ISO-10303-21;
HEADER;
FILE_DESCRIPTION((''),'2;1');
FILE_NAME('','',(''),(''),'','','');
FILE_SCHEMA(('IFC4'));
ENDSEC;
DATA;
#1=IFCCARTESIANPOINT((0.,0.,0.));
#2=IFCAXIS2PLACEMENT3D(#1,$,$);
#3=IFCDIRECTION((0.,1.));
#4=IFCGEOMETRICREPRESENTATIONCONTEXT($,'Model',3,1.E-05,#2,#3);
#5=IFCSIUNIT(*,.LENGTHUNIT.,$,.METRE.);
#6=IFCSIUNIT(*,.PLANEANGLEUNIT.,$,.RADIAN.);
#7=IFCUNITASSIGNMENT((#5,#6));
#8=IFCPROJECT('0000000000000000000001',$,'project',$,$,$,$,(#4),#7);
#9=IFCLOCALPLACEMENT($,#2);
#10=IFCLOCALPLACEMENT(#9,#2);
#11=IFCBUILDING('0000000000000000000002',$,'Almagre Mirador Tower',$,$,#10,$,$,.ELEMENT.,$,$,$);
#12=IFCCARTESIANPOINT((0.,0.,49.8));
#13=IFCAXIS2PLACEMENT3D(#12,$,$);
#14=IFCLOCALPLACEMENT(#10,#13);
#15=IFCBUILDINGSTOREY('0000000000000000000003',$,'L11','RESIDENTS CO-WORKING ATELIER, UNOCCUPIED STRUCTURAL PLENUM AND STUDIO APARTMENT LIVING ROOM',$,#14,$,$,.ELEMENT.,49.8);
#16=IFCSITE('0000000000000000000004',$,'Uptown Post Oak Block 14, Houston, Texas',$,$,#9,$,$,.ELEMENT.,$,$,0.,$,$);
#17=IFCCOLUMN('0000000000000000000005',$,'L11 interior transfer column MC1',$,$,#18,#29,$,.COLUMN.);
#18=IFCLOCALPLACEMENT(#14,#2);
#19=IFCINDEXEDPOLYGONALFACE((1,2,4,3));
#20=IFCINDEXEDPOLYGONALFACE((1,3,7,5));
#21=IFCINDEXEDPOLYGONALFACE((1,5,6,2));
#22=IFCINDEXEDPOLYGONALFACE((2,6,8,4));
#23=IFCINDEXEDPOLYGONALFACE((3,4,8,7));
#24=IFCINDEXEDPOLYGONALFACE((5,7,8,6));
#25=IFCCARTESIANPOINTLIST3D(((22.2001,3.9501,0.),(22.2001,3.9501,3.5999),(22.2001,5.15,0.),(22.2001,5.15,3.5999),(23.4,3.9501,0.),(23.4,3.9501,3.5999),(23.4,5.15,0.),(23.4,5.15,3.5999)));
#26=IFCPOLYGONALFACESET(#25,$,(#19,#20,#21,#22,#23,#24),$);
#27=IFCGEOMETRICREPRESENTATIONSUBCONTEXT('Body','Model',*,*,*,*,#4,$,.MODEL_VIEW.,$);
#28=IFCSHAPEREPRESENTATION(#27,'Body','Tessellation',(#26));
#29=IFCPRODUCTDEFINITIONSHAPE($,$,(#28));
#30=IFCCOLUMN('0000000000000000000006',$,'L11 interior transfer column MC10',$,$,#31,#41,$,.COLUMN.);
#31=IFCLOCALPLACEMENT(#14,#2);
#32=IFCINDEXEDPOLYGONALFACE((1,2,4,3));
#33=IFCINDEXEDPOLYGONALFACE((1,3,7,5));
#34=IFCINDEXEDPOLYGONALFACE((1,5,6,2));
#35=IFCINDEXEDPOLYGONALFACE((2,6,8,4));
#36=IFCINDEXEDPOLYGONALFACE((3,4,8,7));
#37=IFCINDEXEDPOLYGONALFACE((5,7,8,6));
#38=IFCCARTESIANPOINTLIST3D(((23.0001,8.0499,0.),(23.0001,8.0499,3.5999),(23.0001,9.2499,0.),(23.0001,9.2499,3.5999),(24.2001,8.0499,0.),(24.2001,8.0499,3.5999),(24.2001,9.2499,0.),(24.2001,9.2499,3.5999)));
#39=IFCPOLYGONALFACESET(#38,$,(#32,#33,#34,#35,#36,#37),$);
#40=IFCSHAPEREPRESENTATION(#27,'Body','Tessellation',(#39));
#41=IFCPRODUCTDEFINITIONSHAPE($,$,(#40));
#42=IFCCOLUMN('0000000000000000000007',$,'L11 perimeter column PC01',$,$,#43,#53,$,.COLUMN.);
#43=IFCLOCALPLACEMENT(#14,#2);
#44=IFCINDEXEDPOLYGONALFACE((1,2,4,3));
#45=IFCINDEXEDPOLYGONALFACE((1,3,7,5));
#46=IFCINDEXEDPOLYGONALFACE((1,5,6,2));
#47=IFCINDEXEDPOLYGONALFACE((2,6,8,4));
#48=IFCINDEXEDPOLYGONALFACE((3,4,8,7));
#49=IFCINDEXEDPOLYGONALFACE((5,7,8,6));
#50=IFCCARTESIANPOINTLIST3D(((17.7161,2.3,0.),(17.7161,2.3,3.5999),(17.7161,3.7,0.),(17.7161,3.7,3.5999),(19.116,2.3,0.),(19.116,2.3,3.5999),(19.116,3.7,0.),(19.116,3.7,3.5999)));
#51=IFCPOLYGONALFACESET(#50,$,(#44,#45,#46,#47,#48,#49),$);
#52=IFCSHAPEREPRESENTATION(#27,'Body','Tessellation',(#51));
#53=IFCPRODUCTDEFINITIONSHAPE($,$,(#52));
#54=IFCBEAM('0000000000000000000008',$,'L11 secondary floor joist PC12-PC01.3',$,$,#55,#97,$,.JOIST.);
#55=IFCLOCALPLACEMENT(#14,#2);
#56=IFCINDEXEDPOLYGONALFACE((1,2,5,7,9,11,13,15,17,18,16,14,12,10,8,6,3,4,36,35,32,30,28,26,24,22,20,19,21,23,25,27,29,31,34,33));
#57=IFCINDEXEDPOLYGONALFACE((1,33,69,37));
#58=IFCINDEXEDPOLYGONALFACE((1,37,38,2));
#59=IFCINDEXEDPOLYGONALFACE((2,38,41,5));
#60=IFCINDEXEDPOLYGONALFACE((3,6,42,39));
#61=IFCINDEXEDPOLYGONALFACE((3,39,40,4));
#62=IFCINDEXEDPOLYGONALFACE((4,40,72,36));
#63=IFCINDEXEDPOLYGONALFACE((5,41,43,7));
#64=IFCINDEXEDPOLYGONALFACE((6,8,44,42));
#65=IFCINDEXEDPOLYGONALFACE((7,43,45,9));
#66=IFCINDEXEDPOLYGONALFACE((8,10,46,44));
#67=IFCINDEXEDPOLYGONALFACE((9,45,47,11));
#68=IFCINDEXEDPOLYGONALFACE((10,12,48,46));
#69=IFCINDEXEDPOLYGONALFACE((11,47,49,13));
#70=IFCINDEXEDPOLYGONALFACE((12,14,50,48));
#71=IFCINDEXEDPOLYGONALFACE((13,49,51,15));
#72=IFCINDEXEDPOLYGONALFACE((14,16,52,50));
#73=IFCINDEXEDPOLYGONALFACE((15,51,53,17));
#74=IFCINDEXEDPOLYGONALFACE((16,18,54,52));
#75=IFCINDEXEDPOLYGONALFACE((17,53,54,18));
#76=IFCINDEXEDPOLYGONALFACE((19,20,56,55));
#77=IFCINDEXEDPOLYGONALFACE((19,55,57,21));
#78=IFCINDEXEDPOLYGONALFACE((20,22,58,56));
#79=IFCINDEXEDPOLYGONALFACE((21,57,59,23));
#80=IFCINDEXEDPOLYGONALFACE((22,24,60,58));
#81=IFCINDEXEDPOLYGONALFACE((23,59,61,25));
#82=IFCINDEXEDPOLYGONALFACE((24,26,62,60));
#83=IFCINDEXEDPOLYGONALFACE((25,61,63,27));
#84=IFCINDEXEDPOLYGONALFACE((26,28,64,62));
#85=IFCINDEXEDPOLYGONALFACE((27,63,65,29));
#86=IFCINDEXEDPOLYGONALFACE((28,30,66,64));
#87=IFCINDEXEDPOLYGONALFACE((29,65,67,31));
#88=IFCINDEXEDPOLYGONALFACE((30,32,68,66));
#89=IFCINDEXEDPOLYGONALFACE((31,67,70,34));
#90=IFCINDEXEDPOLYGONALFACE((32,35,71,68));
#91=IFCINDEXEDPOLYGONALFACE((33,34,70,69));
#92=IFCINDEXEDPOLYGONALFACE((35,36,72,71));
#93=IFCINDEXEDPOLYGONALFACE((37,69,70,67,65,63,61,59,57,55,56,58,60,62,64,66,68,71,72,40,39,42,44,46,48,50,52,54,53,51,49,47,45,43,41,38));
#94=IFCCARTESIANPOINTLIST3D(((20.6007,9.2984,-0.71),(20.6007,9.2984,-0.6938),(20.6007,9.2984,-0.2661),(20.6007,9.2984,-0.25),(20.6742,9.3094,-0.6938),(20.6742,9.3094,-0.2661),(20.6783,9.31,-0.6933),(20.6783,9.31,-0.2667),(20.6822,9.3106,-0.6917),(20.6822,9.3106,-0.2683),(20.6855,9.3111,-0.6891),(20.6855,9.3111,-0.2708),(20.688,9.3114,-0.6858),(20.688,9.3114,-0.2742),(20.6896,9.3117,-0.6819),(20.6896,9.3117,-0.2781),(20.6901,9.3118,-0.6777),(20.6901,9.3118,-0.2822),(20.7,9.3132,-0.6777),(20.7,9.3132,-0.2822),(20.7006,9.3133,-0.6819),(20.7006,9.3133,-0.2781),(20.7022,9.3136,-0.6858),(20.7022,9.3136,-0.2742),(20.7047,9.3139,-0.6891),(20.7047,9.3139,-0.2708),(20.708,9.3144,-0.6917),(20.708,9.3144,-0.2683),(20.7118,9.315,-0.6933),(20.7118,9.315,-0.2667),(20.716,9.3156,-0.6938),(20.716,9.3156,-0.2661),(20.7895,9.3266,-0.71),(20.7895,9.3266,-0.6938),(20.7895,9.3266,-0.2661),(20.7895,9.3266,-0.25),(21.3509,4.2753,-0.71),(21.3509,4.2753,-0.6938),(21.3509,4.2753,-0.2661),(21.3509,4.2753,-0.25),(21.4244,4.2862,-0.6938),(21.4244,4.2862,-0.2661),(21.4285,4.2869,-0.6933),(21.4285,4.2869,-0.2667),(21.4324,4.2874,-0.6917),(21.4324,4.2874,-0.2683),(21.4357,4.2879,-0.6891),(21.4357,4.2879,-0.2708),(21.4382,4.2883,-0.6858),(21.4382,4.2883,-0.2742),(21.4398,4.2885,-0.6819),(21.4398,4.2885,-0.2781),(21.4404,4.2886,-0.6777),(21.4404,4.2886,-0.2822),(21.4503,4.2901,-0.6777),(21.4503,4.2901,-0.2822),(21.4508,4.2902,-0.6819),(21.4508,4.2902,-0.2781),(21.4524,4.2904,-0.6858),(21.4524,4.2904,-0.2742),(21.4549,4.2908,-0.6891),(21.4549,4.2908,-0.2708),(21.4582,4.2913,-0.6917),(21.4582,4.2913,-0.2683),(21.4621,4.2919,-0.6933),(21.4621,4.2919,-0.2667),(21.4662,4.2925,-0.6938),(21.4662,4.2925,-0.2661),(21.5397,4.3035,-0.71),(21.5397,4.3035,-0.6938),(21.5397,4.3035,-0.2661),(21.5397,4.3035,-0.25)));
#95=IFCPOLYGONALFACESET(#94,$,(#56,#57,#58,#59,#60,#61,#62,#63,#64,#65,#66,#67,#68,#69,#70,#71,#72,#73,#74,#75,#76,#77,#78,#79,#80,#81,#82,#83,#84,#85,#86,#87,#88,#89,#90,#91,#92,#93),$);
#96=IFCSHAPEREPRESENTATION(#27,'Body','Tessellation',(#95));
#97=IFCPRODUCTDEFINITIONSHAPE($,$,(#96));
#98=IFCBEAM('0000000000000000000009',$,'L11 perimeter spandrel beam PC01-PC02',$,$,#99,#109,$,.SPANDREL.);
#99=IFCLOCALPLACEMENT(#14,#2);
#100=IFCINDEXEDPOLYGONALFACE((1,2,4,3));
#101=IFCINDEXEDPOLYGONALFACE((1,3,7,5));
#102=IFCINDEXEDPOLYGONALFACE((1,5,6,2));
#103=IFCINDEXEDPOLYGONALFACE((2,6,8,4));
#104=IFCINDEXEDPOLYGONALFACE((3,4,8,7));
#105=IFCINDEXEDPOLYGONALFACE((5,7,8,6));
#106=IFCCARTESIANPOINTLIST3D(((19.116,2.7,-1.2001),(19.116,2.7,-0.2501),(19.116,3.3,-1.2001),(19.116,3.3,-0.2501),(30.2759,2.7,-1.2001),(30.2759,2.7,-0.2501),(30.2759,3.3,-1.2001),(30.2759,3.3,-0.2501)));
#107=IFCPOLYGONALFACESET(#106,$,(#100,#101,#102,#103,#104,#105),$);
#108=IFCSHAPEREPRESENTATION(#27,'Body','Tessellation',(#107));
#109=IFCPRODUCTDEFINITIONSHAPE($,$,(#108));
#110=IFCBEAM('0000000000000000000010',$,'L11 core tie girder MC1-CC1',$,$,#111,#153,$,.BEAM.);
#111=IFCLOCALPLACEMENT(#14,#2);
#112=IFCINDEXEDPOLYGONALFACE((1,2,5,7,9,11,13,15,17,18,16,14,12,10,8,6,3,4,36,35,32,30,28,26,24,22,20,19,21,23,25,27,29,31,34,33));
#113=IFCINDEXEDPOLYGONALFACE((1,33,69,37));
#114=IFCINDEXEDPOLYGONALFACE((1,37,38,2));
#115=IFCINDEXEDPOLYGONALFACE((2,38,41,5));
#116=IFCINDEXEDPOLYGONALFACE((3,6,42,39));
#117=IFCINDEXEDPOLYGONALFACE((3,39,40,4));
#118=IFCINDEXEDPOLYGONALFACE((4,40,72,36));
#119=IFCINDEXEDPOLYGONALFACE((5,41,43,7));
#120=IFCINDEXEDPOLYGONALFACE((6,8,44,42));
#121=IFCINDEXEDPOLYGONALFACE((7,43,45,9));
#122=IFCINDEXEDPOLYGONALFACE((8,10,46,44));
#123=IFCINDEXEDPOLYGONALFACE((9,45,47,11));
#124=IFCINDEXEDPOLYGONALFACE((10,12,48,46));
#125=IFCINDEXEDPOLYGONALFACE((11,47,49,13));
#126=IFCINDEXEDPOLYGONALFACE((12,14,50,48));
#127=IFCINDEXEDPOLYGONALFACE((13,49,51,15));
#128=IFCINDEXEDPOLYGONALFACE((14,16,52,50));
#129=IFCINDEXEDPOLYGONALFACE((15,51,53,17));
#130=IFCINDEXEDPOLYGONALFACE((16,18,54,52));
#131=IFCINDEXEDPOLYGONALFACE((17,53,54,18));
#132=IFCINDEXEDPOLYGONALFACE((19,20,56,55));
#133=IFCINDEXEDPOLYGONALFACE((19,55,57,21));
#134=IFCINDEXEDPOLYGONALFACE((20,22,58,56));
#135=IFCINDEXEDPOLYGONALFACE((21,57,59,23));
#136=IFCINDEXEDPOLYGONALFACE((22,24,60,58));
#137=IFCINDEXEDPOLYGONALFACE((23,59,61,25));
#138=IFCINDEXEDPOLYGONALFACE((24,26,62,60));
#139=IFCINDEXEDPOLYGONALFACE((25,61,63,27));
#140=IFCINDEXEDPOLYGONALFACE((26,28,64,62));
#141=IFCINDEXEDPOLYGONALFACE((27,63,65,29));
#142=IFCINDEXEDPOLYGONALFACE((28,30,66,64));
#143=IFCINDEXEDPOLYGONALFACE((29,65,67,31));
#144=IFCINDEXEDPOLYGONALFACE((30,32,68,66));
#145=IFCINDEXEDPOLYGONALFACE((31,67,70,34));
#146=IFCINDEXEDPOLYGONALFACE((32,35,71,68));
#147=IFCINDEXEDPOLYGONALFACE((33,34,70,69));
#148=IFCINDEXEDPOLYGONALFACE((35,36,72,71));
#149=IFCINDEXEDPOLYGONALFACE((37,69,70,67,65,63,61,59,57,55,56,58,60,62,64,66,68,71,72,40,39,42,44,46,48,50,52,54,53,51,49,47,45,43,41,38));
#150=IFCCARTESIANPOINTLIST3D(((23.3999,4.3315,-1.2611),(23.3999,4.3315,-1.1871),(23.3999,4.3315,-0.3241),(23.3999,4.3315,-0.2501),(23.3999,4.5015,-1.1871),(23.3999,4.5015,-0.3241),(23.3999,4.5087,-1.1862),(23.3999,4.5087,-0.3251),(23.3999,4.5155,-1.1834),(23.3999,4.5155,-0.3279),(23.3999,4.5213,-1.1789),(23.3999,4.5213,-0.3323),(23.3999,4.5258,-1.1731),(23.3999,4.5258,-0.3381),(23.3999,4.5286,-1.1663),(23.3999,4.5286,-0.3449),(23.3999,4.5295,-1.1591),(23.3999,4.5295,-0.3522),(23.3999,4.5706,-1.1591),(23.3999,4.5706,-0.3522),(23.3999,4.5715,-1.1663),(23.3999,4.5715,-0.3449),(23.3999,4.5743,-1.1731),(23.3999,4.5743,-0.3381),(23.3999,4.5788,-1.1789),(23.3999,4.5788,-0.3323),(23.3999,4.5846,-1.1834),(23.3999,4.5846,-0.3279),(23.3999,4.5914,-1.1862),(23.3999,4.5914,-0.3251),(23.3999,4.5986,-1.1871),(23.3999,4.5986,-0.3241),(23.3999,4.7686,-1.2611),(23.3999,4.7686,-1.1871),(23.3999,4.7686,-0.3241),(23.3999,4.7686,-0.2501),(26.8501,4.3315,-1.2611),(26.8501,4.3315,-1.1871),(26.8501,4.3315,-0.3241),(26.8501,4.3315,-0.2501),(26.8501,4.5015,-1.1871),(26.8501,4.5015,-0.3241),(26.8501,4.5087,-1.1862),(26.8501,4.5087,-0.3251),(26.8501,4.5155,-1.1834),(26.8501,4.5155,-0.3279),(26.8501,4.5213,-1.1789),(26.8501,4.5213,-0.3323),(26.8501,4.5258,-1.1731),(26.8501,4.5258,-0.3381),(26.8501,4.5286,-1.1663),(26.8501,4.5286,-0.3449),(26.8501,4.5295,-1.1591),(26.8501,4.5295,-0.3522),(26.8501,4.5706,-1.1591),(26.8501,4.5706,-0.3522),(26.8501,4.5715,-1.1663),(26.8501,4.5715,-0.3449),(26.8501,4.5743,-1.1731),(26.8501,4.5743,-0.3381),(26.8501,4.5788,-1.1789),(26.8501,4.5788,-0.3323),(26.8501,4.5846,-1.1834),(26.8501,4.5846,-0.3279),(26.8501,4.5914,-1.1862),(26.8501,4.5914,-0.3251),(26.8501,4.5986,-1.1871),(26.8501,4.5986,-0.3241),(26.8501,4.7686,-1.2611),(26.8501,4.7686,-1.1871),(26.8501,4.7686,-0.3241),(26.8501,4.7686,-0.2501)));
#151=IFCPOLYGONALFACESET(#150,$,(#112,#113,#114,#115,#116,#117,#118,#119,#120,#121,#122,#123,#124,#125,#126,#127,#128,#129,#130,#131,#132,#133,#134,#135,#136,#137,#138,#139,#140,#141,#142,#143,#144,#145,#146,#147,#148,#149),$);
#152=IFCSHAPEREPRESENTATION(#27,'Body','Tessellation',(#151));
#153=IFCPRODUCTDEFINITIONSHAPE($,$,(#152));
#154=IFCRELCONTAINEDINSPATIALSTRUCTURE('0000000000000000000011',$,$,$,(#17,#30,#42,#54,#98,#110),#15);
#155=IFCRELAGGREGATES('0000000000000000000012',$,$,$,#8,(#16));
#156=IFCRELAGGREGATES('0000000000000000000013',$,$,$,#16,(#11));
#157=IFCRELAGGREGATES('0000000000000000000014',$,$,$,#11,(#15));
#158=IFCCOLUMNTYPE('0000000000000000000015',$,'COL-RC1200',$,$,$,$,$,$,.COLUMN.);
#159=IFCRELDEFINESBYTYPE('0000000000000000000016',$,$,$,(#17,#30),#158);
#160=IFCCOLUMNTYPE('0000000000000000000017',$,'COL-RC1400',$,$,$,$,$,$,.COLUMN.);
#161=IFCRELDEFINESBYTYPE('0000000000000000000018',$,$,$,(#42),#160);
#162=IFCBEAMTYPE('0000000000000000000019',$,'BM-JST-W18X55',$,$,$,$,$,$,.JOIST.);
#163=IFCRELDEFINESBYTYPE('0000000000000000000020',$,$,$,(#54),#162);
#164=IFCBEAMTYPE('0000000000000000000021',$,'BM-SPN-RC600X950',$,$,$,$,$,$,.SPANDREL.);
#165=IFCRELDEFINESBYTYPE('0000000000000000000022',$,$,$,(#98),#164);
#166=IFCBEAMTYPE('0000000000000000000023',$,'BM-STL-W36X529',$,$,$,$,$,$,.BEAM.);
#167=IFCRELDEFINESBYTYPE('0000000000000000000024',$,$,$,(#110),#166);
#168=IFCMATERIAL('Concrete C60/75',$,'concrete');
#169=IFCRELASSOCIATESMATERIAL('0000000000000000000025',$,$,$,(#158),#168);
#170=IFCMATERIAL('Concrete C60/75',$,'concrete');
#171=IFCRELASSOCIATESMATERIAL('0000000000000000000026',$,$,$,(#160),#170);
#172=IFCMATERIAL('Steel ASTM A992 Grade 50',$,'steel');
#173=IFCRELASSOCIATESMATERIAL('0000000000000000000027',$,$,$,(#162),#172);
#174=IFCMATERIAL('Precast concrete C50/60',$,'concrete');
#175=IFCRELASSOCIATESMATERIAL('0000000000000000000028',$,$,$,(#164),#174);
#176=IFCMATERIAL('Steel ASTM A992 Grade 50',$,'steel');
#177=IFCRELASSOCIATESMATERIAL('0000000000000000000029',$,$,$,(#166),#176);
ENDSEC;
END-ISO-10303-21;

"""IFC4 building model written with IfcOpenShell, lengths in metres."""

from ifc_helpers import new_model, si_unit, direction, frame, origin, origin_2d, place, context, subcontext, project, spatial, rectangle, i_section, extrude, material, material_profile, profile_set, type_object, element, save


model = new_model("IFC4")

# Units and contexts
model_context = context("Model", 3, precision=1e-05, world=origin(), true_north=direction((0.0, 1.0)))
body_context = subcontext(model_context, "Body", "Model", "MODEL_VIEW")
ifc_project = project(units=[si_unit("LENGTHUNIT", "METRE"), si_unit("PLANEANGLEUNIT", "RADIAN")], contexts=[model_context])

# Site, building, storey
site_placement = place(None, origin())
site = spatial("IfcSite", under=ifc_project, at=site_placement, Name="Uptown Post Oak Block 14, Houston, Texas", CompositionType="ELEMENT", RefElevation=0.0)
building_placement = place(site_placement, origin())
building = spatial("IfcBuilding", under=site, at=building_placement, Name="Almagre Mirador Tower", CompositionType="ELEMENT")
storey_placement = place(building_placement, frame((0.0, 0.0, 49.8)))
storey = spatial("IfcBuildingStorey", under=building, at=storey_placement, Name="L11", Description="RESIDENTS CO-WORKING ATELIER, UNOCCUPIED STRUCTURAL PLENUM AND STUDIO APARTMENT LIVING ROOM", CompositionType="ELEMENT", Elevation=49.8)

# Columns
ifc_material_1 = material(Name="Concrete C60/75", Category="concrete")
ifc_material_profile_1 = material_profile(ifc_material_1, rectangle(XDim=1.2, YDim=1.2, at=origin_2d()), Name="RC1200X1200")
ifc_profile_set_1 = profile_set([ifc_material_profile_1], Name="Concrete C60/75")
column_type_1 = type_object("IfcColumnType", Name="COL-RC1200", PredefinedType="COLUMN", material=ifc_profile_set_1)
for number, where, z_axis, x_axis, name in (
    (1, (22.8, 4.55, 0.0), (0.0, 0.0, 1.0), (1.0, 0.0, 0.0), "L11 interior transfer column MC1"),
    (2, (23.6001, 8.6499, 0.0), (0.0, 0.0, 1.0), (1.0, 0.0, 0.0), "L11 interior transfer column MC10"),
):
    element("IfcColumn", number, at=place(storey_placement, frame(where, z_axis=z_axis, x_axis=x_axis)), inside=storey, type_object=column_type_1, Name=name, PredefinedType="COLUMN", context=body_context, shape_type="SweptSolid", body=[
        extrude(rectangle(XDim=1.2, YDim=1.2, at=origin_2d()), origin(), (0.0, 0.0, 1.0), 3.5999),
    ])
ifc_material_2 = material(Name="Concrete C60/75", Category="concrete")
ifc_material_profile_2 = material_profile(ifc_material_2, rectangle(XDim=1.3999, YDim=1.3999, at=origin_2d()), Name="RC1400X1400")
ifc_profile_set_2 = profile_set([ifc_material_profile_2], Name="Concrete C60/75")
column_type_2 = type_object("IfcColumnType", Name="COL-RC1400", PredefinedType="COLUMN", material=ifc_profile_set_2)
column_placement = place(storey_placement, frame((18.416, 3.0, 0.0), z_axis=(0.0, 0.0, 1.0), x_axis=(1.0, 0.0, 0.0)))
element("IfcColumn", 3, at=column_placement, inside=storey, type_object=column_type_2, Name="L11 perimeter column PC01", PredefinedType="COLUMN", context=body_context, shape_type="SweptSolid", body=[
    extrude(rectangle(XDim=1.3999, YDim=1.3999, at=origin_2d()), origin(), (0.0, 0.0, 1.0), 3.5999),
])

# Beams
ifc_material_3 = material(Name="Steel ASTM A992 Grade 50", Category="steel")
ifc_material_profile_3 = material_profile(ifc_material_3, i_section(OverallWidth=0.1909, OverallDepth=0.46, WebThickness=0.01, FlangeThickness=0.0161, FilletRadius=0.0161, at=origin_2d()), Name="W18X55")
ifc_profile_set_3 = profile_set([ifc_material_profile_3], Name="Steel ASTM A992 Grade 50")
beam_type_1 = type_object("IfcBeamType", Name="BM-JST-W18X55", PredefinedType="JOIST", material=ifc_profile_set_3)
beam_1_placement = place(storey_placement, frame((20.6951, 9.3125, -0.48), z_axis=(0.147718, -0.98903, 0.0), x_axis=(0.98903, 0.147718, 0.0)))
element("IfcBeam", 4, at=beam_1_placement, inside=storey, type_object=beam_type_1, Name="L11 secondary floor joist PC12-PC01.3", PredefinedType="JOIST", context=body_context, shape_type="SweptSolid", body=[
    extrude(i_section(OverallWidth=0.1909, OverallDepth=0.46, WebThickness=0.01, FlangeThickness=0.0161, FilletRadius=0.0161, at=origin_2d()), origin(), (0.0, 0.0, 1.0), 5.0789),
])
ifc_material_4 = material(Name="Precast concrete C50/60", Category="concrete")
ifc_material_profile_4 = material_profile(ifc_material_4, rectangle(XDim=0.6001, YDim=0.95, at=origin_2d()), Name="RC600X950")
ifc_profile_set_4 = profile_set([ifc_material_profile_4], Name="Precast concrete C50/60")
beam_type_2 = type_object("IfcBeamType", Name="BM-SPN-RC600X950", PredefinedType="SPANDREL", material=ifc_profile_set_4)
beam_2_placement = place(storey_placement, frame((19.116, 3.0, -0.7251), z_axis=(1.0, 0.0, 0.0), x_axis=(0.0, 1.0, 0.0)))
element("IfcBeam", 5, at=beam_2_placement, inside=storey, type_object=beam_type_2, Name="L11 perimeter spandrel beam PC01-PC02", PredefinedType="SPANDREL", context=body_context, shape_type="SweptSolid", body=[
    extrude(rectangle(XDim=0.6001, YDim=0.95, at=origin_2d()), origin(), (0.0, 0.0, 1.0), 11.1599),
])
ifc_material_5 = material(Name="Steel ASTM A992 Grade 50", Category="steel")
ifc_material_profile_5 = material_profile(ifc_material_5, i_section(OverallWidth=0.437, OverallDepth=1.011, WebThickness=0.041, FlangeThickness=0.074, FilletRadius=0.0281, at=origin_2d()), Name="W36X529")
ifc_profile_set_5 = profile_set([ifc_material_profile_5], Name="Steel ASTM A992 Grade 50")
beam_type_3 = type_object("IfcBeamType", Name="BM-STL-W36X529", PredefinedType="BEAM", material=ifc_profile_set_5)
beam_3_placement = place(storey_placement, frame((23.3999, 4.55, -0.7556), z_axis=(1.0, 0.0, 0.0), x_axis=(0.0, 1.0, 0.0)))
element("IfcBeam", 6, at=beam_3_placement, inside=storey, type_object=beam_type_3, Name="L11 core tie girder MC1-CC1", PredefinedType="BEAM", context=body_context, shape_type="SweptSolid", body=[
    extrude(i_section(OverallWidth=0.437, OverallDepth=1.011, WebThickness=0.041, FlangeThickness=0.074, FilletRadius=0.0281, at=origin_2d()), origin(), (0.0, 0.0, 1.0), 3.4502),
])

save(model, "model.ifc")
